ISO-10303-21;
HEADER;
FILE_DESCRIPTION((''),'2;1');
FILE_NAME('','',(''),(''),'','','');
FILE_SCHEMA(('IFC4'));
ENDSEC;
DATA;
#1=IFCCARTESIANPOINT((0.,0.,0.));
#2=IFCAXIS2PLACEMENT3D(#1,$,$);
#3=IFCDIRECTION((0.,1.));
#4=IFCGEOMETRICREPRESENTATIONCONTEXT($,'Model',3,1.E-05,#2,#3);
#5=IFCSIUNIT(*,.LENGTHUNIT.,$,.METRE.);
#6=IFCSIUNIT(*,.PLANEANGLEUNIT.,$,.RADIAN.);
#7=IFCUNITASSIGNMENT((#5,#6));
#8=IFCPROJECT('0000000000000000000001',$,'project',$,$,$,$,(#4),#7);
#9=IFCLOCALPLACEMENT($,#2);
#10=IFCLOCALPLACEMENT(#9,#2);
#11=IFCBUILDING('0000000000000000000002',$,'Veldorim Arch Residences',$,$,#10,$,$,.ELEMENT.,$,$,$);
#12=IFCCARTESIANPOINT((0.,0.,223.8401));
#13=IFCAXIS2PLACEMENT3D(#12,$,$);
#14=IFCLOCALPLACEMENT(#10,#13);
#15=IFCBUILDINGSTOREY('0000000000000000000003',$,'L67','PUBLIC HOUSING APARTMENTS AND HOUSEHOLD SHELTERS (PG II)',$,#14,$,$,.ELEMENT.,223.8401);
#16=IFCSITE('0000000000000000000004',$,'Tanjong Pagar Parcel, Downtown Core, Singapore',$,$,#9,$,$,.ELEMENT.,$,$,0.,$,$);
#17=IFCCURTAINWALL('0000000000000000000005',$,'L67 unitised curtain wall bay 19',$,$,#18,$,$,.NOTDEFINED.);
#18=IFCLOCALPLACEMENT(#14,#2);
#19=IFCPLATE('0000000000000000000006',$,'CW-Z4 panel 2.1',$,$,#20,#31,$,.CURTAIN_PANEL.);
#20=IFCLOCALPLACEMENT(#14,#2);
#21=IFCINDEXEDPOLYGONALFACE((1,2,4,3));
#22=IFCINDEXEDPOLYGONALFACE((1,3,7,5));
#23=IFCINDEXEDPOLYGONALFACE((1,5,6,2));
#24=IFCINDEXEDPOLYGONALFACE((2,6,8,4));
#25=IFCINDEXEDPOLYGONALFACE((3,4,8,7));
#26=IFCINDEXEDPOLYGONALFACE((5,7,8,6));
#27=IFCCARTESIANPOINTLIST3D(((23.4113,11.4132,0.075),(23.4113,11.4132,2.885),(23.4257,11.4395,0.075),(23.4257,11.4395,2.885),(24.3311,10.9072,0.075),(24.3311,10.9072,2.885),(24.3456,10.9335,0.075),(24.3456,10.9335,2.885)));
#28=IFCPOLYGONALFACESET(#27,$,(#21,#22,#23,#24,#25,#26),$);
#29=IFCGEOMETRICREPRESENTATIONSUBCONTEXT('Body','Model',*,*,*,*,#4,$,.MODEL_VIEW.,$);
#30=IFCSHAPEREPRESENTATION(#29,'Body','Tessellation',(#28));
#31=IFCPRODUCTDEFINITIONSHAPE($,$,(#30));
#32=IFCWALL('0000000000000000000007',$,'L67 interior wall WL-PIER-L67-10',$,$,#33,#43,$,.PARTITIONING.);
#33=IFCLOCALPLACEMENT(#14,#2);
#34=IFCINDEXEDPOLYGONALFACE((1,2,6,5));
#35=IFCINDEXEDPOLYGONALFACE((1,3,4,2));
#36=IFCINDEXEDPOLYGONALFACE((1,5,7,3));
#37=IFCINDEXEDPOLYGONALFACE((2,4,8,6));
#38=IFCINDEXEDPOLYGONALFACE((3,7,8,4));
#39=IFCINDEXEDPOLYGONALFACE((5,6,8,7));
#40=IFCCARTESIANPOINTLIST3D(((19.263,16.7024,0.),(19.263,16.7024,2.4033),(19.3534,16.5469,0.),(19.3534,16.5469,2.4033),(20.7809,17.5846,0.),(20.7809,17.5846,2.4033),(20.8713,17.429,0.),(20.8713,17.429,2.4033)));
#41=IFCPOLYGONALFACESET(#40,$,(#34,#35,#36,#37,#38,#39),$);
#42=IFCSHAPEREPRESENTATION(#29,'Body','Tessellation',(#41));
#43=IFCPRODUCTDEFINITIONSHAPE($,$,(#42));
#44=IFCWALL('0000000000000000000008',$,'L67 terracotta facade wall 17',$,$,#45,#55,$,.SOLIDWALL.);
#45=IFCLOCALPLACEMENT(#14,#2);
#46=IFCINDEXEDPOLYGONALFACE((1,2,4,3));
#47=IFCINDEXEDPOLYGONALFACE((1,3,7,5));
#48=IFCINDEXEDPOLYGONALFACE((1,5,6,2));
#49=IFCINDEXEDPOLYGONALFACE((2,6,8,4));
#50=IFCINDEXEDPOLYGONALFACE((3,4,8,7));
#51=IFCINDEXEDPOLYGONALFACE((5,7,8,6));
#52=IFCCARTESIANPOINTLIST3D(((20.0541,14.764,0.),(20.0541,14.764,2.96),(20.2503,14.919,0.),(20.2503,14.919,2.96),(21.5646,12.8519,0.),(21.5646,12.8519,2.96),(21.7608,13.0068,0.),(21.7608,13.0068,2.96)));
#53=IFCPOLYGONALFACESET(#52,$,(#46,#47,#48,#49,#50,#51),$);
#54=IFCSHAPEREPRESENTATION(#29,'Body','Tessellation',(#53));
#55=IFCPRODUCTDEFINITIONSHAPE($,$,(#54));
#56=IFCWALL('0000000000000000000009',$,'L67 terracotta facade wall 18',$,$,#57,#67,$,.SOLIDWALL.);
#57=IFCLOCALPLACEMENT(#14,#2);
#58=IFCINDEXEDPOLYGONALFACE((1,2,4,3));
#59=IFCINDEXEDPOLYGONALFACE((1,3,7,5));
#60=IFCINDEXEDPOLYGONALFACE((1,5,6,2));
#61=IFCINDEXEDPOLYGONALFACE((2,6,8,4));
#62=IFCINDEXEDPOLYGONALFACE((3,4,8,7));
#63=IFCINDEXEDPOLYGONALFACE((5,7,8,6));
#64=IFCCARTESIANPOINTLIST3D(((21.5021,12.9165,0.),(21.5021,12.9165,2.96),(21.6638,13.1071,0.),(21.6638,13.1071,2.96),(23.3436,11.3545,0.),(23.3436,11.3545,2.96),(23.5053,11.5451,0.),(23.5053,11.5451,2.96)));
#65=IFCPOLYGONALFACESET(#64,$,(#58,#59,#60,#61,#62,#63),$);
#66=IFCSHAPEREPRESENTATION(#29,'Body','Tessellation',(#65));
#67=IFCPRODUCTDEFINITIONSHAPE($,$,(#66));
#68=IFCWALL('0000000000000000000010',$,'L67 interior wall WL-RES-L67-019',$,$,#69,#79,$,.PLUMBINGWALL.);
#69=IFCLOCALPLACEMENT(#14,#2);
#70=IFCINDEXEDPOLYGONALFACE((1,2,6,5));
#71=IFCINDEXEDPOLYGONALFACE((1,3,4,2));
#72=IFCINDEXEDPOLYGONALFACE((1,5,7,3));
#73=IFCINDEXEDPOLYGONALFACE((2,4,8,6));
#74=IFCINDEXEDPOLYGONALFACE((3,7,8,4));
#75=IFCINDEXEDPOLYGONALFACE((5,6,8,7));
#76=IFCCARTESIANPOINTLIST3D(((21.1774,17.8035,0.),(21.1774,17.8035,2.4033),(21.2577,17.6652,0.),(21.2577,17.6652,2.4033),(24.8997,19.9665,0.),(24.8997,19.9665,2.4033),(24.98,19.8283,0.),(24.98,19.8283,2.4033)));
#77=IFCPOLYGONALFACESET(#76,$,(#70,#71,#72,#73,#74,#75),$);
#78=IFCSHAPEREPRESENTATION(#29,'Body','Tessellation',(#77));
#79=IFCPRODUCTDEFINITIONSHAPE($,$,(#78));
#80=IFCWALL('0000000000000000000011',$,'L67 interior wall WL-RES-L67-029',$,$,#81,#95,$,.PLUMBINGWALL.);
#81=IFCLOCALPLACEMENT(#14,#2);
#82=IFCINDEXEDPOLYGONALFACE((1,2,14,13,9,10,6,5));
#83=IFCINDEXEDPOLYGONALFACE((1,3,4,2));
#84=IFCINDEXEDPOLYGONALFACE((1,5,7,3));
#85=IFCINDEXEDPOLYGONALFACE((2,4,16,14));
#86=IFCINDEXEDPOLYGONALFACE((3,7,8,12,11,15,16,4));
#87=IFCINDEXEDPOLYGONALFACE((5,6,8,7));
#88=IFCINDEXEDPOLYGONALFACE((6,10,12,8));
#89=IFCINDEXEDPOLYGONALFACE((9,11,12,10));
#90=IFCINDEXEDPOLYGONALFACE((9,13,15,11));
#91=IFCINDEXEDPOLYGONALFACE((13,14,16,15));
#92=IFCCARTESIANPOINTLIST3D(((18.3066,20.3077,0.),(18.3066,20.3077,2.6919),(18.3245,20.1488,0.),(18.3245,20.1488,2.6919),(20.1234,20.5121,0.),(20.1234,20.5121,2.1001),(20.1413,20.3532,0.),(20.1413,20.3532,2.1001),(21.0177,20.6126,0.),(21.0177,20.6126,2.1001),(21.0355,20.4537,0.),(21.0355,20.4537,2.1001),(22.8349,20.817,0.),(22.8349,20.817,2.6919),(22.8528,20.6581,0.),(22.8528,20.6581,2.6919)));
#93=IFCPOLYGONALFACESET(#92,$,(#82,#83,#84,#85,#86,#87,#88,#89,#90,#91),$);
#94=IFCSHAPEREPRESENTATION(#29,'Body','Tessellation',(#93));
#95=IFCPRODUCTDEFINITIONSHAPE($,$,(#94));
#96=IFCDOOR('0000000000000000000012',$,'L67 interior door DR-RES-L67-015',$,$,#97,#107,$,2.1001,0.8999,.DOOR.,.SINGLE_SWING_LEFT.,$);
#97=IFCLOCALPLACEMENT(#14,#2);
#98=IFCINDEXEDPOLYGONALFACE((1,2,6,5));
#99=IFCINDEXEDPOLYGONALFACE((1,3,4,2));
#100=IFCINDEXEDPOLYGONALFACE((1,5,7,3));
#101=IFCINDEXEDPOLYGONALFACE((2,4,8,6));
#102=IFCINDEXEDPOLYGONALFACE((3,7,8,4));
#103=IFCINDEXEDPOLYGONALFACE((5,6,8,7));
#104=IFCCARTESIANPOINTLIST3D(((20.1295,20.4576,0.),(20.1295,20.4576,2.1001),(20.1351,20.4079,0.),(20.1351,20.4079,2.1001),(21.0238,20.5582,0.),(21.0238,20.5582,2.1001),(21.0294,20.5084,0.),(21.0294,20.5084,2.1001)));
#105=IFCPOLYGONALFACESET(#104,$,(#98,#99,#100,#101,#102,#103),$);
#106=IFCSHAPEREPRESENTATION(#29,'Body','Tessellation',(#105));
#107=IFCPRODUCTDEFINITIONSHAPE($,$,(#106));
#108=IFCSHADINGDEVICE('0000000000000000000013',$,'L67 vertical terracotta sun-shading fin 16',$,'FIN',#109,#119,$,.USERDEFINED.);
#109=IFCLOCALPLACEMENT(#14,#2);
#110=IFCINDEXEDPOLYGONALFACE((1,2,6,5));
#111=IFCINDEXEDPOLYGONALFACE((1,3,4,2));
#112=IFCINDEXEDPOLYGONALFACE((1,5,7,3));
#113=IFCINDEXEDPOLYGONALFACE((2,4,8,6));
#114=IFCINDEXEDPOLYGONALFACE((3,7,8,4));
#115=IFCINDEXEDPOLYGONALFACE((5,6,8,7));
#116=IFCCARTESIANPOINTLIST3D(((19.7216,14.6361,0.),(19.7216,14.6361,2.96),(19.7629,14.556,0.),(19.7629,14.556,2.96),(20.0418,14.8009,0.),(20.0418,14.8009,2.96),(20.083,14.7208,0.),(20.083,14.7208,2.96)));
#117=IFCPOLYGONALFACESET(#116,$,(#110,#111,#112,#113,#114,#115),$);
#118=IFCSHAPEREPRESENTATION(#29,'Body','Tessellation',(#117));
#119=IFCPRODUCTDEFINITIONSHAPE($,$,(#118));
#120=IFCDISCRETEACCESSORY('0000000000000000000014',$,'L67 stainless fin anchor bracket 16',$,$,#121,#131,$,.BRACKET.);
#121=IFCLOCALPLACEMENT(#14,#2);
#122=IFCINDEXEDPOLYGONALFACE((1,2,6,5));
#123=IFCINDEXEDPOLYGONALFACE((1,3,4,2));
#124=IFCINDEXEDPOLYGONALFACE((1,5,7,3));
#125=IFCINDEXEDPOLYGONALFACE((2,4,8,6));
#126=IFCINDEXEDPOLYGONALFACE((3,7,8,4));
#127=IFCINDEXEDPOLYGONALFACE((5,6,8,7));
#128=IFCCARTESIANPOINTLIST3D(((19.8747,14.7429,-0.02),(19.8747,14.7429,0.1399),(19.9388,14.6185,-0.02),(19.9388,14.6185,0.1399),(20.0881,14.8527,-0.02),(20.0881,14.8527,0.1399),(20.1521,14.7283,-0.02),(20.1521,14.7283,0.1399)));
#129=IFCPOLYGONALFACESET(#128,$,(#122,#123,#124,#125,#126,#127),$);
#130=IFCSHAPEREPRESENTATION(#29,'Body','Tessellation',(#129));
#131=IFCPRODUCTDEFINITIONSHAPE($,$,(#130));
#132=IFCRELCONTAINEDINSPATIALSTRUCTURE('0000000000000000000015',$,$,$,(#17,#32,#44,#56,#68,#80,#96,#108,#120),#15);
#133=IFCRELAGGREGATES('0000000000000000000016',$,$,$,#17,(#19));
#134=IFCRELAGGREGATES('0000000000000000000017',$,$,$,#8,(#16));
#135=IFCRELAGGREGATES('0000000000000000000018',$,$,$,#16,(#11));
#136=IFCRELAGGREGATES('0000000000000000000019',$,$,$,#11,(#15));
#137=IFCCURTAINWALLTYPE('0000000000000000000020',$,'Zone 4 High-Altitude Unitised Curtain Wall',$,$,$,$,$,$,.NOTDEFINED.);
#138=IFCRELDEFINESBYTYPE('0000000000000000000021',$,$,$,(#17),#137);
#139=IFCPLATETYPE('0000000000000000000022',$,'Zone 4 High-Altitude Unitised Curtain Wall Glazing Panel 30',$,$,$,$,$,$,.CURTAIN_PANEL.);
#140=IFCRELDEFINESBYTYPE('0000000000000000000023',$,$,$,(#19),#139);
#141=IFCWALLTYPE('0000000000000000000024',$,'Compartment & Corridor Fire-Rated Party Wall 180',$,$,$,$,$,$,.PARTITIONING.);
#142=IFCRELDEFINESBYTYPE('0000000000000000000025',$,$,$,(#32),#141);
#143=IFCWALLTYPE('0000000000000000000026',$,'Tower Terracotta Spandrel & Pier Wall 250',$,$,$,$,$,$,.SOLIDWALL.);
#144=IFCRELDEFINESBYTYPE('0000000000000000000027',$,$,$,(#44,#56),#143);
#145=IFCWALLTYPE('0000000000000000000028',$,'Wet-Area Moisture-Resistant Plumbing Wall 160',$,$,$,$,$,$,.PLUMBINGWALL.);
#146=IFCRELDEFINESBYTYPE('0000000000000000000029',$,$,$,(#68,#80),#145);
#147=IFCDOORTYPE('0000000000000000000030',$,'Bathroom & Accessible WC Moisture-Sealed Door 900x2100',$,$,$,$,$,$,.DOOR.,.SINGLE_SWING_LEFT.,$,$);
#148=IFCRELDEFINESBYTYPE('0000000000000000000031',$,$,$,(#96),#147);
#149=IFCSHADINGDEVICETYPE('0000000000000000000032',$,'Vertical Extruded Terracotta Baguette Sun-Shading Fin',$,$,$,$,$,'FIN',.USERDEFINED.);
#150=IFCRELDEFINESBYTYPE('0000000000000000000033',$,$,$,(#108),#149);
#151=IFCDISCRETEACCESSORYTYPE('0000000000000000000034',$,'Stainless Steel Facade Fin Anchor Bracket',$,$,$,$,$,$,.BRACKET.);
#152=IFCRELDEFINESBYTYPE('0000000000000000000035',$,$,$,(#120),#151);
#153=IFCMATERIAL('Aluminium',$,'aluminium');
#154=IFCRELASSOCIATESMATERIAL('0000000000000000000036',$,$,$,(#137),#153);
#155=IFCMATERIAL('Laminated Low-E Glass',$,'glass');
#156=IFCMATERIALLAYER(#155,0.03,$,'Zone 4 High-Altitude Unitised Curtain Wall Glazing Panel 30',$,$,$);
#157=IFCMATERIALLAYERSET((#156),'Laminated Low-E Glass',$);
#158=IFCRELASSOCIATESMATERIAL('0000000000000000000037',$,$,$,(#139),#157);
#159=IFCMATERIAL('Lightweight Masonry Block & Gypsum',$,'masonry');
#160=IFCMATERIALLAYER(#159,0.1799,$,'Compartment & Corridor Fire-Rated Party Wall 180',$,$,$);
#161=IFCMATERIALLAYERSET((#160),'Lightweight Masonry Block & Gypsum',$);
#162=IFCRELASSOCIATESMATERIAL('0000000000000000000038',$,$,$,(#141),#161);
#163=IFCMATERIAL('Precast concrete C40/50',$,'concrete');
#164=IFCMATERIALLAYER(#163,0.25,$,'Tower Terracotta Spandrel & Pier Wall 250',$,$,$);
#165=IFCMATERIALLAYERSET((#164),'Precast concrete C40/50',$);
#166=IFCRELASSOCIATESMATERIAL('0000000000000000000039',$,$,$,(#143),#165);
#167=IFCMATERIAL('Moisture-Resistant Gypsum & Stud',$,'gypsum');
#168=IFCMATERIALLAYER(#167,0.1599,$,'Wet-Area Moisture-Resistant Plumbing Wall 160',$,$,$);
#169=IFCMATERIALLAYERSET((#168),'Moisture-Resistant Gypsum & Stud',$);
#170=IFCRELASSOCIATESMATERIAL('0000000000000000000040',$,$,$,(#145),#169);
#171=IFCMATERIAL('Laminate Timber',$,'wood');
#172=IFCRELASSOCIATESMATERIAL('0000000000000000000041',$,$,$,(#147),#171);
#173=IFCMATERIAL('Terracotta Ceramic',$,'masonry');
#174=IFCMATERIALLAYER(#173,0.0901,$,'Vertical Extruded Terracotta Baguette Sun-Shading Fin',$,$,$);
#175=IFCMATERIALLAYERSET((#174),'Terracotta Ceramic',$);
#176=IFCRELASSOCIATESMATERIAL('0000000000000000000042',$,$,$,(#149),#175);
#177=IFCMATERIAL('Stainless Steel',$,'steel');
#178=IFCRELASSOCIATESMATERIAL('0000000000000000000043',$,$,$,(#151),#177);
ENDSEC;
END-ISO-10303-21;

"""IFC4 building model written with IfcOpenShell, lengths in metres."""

from ifc_helpers import new_model, si_unit, direction, frame, frame_2d, origin, origin_2d, place, context, subcontext, project, spatial, rectangle, extrude, material, layer, layer_set, type_object, element, fill, aggregate, save


model = new_model("IFC4")

# Units and contexts
model_context = context("Model", 3, precision=1e-05, world=origin(), true_north=direction((0.0, 1.0)))
body_context = subcontext(model_context, "Body", "Model", "MODEL_VIEW")
ifc_project = project(units=[si_unit("LENGTHUNIT", "METRE"), si_unit("PLANEANGLEUNIT", "RADIAN")], contexts=[model_context])

# Site, building, storey
site_placement = place(None, origin())
site = spatial("IfcSite", under=ifc_project, at=site_placement, Name="Tanjong Pagar Parcel, Downtown Core, Singapore", CompositionType="ELEMENT", RefElevation=0.0)
building_placement = place(site_placement, origin())
building = spatial("IfcBuilding", under=site, at=building_placement, Name="Veldorim Arch Residences", CompositionType="ELEMENT")
storey_placement = place(building_placement, frame((0.0, 0.0, 223.8401)))
storey = spatial("IfcBuildingStorey", under=building, at=storey_placement, Name="L67", Description="PUBLIC HOUSING APARTMENTS AND HOUSEHOLD SHELTERS (PG II)", CompositionType="ELEMENT", Elevation=223.8401)

# Curtain wall
ifc_material_1 = material(Name="Aluminium", Category="aluminium")
curtain_wall_type = type_object("IfcCurtainWallType", Name="Zone 4 High-Altitude Unitised Curtain Wall", PredefinedType="NOTDEFINED", material=ifc_material_1)
curtain_wall_1_placement = place(storey_placement, origin())
curtain_wall_1 = element("IfcCurtainWall", 1, at=curtain_wall_1_placement, inside=storey, type_object=curtain_wall_type, Name="L67 unitised curtain wall bay 19", PredefinedType="NOTDEFINED")

# Plate
ifc_material_2 = material(Name="Laminated Low-E Glass", Category="glass")
ifc_layer_1 = layer(ifc_material_2, 0.03, Name="Zone 4 High-Altitude Unitised Curtain Wall Glazing Panel 30")
ifc_layer_set_1 = layer_set([ifc_layer_1], Name="Laminated Low-E Glass")
plate_type = type_object("IfcPlateType", Name="Zone 4 High-Altitude Unitised Curtain Wall Glazing Panel 30", PredefinedType="CURTAIN_PANEL", material=ifc_layer_set_1)
plate_1_placement = place(storey_placement, frame((23.8784, 11.1733, 0.075), z_axis=(0.0, 0.0, 1.0), x_axis=(-0.876197, 0.481953, 0.0)))
plate_1 = element("IfcPlate", 2, at=plate_1_placement, type_object=plate_type, Name="CW-Z4 panel 2.1", PredefinedType="CURTAIN_PANEL", context=body_context, shape_type="SweptSolid", body=[
    extrude(rectangle(XDim=1.0498, YDim=0.03, at=origin_2d()), origin(), (0.0, 0.0, 1.0), 2.8101),
])
aggregate(curtain_wall_1, [plate_1])

# Walls
ifc_material_3 = material(Name="Lightweight Masonry Block & Gypsum", Category="masonry")
ifc_layer_2 = layer(ifc_material_3, 0.1799, Name="Compartment & Corridor Fire-Rated Party Wall 180")
ifc_layer_set_2 = layer_set([ifc_layer_2], Name="Lightweight Masonry Block & Gypsum")
wall_type_1 = type_object("IfcWallType", Name="Compartment & Corridor Fire-Rated Party Wall 180", PredefinedType="PARTITIONING", material=ifc_layer_set_2)
wall_1_placement = place(storey_placement, frame((20.8262, 17.5068, 0.0), z_axis=(0.0, 0.0, 1.0), x_axis=(-0.8646, -0.502461, 0.0)))
element("IfcWall", 3, at=wall_1_placement, inside=storey, type_object=wall_type_1, Name="L67 interior wall WL-PIER-L67-10", PredefinedType="PARTITIONING", context=body_context, shape_type="SweptSolid", body=[
    extrude(rectangle(XDim=1.7556, YDim=0.1799, at=frame_2d((0.8779, 0.0))), origin(), (0.0, 0.0, 1.0), 2.4033),
])
ifc_material_4 = material(Name="Precast concrete C40/50", Category="concrete")
ifc_layer_3 = layer(ifc_material_4, 0.25, Name="Tower Terracotta Spandrel & Pier Wall 250")
ifc_layer_set_3 = layer_set([ifc_layer_3], Name="Precast concrete C40/50")
wall_type_2 = type_object("IfcWallType", Name="Tower Terracotta Spandrel & Pier Wall 250", PredefinedType="SOLIDWALL", material=ifc_layer_set_3)
wall_2_placement = place(storey_placement, frame((21.6626, 12.9294, 0.0), z_axis=(0.0, 0.0, 1.0), x_axis=(-0.619881, 0.784696, 0.0)))
element("IfcWall", 4, at=wall_2_placement, inside=storey, type_object=wall_type_2, Name="L67 terracotta facade wall 17", PredefinedType="SOLIDWALL", context=body_context, shape_type="SweptSolid", body=[
    extrude(rectangle(XDim=2.4368, YDim=0.25, at=frame_2d((1.2183, 0.0))), origin(), (0.0, 0.0, 1.0), 2.96),
])
wall_3_placement = place(storey_placement, frame((23.4246, 11.4497, 0.0), z_axis=(0.0, 0.0, 1.0), x_axis=(-0.762615, 0.646853, 0.0)))
element("IfcWall", 5, at=wall_3_placement, inside=storey, type_object=wall_type_2, Name="L67 terracotta facade wall 18", PredefinedType="SOLIDWALL", context=body_context, shape_type="SweptSolid", body=[
    extrude(rectangle(XDim=2.4148, YDim=0.25, at=frame_2d((1.2075, 0.0))), origin(), (0.0, 0.0, 1.0), 2.96),
])
ifc_material_5 = material(Name="Moisture-Resistant Gypsum & Stud", Category="gypsum")
ifc_layer_4 = layer(ifc_material_5, 0.1599, Name="Wet-Area Moisture-Resistant Plumbing Wall 160")
ifc_layer_set_4 = layer_set([ifc_layer_4], Name="Moisture-Resistant Gypsum & Stud")
wall_type_3 = type_object("IfcWallType", Name="Wet-Area Moisture-Resistant Plumbing Wall 160", PredefinedType="PLUMBINGWALL", material=ifc_layer_set_4)
wall_4_placement = place(storey_placement, frame((21.2175, 17.7344, 0.0), z_axis=(0.0, 0.0, 1.0), x_axis=(0.864619, 0.502428, 0.0)))
element("IfcWall", 6, at=wall_4_placement, inside=storey, type_object=wall_type_3, Name="L67 interior wall WL-RES-L67-019", PredefinedType="PLUMBINGWALL", context=body_context, shape_type="SweptSolid", body=[
    extrude(rectangle(XDim=4.3052, YDim=0.1599, at=frame_2d((2.1526, 0.0))), origin(), (0.0, 0.0, 1.0), 2.4033),
])

# Wall, opening, door
wall_5_placement = place(storey_placement, frame((22.8438, 20.7375, 0.0), z_axis=(0.0, 0.0, 1.0), x_axis=(-0.993735, -0.11176, 0.0)))
wall_5 = element("IfcWall", 7, at=wall_5_placement, inside=storey, type_object=wall_type_3, Name="L67 interior wall WL-RES-L67-029", PredefinedType="PLUMBINGWALL", context=body_context, shape_type="SweptSolid", body=[
    extrude(rectangle(XDim=4.5569, YDim=0.1599, at=frame_2d((2.2783, 0.0))), origin(), (0.0, 0.0, 1.0), 2.6919),
])
opening_placement = place(wall_5_placement, frame((1.8286, 0.0, 0.0)))
opening = element("IfcOpeningElement", 8, at=opening_placement, cuts=wall_5, PredefinedType="OPENING", context=body_context, shape_type="SweptSolid", body=[
    extrude(rectangle(XDim=0.8999, YDim=2.1001, at=frame_2d((0.45, 1.05))), frame((0.0, 0.0898, 0.0), z_axis=(0.0, -1.0, 0.0), x_axis=(1.0, 0.0, 0.0)), (0.0, 0.0, 1.0), 0.1799),
])
ifc_material_6 = material(Name="Laminate Timber", Category="wood")
door_type = type_object("IfcDoorType", Name="Bathroom & Accessible WC Moisture-Sealed Door 900x2100", OperationType="SINGLE_SWING_LEFT", PredefinedType="DOOR", material=ifc_material_6)
door_placement = place(opening_placement, origin())
door = element("IfcDoor", 9, at=door_placement, inside=storey, type_object=door_type, Name="L67 interior door DR-RES-L67-015", OperationType="SINGLE_SWING_LEFT", OverallHeight=2.1001, OverallWidth=0.8999, PredefinedType="DOOR", context=body_context, shape_type="SweptSolid", body=[
    extrude(rectangle(XDim=0.8999, YDim=2.1001, at=frame_2d((0.45, 1.05))), frame((0.0, 0.0249, 0.0), z_axis=(0.0, -1.0, 0.0), x_axis=(1.0, 0.0, 0.0)), (0.0, 0.0, 1.0), 0.05),
])
fill(opening, door)

# Shading device
ifc_material_7 = material(Name="Terracotta Ceramic", Category="masonry")
ifc_layer_5 = layer(ifc_material_7, 0.0901, Name="Vertical Extruded Terracotta Baguette Sun-Shading Fin")
ifc_layer_set_5 = layer_set([ifc_layer_5], Name="Terracotta Ceramic")
shading_device_type = type_object("IfcShadingDeviceType", Name="Vertical Extruded Terracotta Baguette Sun-Shading Fin", ElementType="FIN", PredefinedType="USERDEFINED", material=ifc_layer_set_5)
shading_device_placement = place(storey_placement, frame((19.9023, 14.6785, 0.0), z_axis=(0.0, 0.0, 1.0), x_axis=(-0.457719, 0.889097, 0.0)))
element("IfcShadingDevice", 10, at=shading_device_placement, inside=storey, type_object=shading_device_type, Name="L67 vertical terracotta sun-shading fin 16", ObjectType="FIN", PredefinedType="USERDEFINED", context=body_context, shape_type="SweptSolid", body=[
    extrude(rectangle(XDim=0.0901, YDim=0.3601, at=origin_2d()), origin(), (0.0, 0.0, 1.0), 2.96),
])

# Discrete accessory
ifc_material_8 = material(Name="Stainless Steel", Category="steel")
discrete_accessory_type = type_object("IfcDiscreteAccessoryType", Name="Stainless Steel Facade Fin Anchor Bracket", PredefinedType="BRACKET", material=ifc_material_8)
discrete_accessory_placement = place(storey_placement, frame((20.0134, 14.7356, -0.02), z_axis=(0.0, 0.0, 1.0), x_axis=(-0.457719, 0.889097, 0.0)))
element("IfcDiscreteAccessory", 11, at=discrete_accessory_placement, inside=storey, type_object=discrete_accessory_type, Name="L67 stainless fin anchor bracket 16", PredefinedType="BRACKET", context=body_context, shape_type="SweptSolid", body=[
    extrude(rectangle(XDim=0.1399, YDim=0.24, at=origin_2d()), origin(), (0.0, 0.0, 1.0), 0.1599),
])

save(model, "model.ifc")
